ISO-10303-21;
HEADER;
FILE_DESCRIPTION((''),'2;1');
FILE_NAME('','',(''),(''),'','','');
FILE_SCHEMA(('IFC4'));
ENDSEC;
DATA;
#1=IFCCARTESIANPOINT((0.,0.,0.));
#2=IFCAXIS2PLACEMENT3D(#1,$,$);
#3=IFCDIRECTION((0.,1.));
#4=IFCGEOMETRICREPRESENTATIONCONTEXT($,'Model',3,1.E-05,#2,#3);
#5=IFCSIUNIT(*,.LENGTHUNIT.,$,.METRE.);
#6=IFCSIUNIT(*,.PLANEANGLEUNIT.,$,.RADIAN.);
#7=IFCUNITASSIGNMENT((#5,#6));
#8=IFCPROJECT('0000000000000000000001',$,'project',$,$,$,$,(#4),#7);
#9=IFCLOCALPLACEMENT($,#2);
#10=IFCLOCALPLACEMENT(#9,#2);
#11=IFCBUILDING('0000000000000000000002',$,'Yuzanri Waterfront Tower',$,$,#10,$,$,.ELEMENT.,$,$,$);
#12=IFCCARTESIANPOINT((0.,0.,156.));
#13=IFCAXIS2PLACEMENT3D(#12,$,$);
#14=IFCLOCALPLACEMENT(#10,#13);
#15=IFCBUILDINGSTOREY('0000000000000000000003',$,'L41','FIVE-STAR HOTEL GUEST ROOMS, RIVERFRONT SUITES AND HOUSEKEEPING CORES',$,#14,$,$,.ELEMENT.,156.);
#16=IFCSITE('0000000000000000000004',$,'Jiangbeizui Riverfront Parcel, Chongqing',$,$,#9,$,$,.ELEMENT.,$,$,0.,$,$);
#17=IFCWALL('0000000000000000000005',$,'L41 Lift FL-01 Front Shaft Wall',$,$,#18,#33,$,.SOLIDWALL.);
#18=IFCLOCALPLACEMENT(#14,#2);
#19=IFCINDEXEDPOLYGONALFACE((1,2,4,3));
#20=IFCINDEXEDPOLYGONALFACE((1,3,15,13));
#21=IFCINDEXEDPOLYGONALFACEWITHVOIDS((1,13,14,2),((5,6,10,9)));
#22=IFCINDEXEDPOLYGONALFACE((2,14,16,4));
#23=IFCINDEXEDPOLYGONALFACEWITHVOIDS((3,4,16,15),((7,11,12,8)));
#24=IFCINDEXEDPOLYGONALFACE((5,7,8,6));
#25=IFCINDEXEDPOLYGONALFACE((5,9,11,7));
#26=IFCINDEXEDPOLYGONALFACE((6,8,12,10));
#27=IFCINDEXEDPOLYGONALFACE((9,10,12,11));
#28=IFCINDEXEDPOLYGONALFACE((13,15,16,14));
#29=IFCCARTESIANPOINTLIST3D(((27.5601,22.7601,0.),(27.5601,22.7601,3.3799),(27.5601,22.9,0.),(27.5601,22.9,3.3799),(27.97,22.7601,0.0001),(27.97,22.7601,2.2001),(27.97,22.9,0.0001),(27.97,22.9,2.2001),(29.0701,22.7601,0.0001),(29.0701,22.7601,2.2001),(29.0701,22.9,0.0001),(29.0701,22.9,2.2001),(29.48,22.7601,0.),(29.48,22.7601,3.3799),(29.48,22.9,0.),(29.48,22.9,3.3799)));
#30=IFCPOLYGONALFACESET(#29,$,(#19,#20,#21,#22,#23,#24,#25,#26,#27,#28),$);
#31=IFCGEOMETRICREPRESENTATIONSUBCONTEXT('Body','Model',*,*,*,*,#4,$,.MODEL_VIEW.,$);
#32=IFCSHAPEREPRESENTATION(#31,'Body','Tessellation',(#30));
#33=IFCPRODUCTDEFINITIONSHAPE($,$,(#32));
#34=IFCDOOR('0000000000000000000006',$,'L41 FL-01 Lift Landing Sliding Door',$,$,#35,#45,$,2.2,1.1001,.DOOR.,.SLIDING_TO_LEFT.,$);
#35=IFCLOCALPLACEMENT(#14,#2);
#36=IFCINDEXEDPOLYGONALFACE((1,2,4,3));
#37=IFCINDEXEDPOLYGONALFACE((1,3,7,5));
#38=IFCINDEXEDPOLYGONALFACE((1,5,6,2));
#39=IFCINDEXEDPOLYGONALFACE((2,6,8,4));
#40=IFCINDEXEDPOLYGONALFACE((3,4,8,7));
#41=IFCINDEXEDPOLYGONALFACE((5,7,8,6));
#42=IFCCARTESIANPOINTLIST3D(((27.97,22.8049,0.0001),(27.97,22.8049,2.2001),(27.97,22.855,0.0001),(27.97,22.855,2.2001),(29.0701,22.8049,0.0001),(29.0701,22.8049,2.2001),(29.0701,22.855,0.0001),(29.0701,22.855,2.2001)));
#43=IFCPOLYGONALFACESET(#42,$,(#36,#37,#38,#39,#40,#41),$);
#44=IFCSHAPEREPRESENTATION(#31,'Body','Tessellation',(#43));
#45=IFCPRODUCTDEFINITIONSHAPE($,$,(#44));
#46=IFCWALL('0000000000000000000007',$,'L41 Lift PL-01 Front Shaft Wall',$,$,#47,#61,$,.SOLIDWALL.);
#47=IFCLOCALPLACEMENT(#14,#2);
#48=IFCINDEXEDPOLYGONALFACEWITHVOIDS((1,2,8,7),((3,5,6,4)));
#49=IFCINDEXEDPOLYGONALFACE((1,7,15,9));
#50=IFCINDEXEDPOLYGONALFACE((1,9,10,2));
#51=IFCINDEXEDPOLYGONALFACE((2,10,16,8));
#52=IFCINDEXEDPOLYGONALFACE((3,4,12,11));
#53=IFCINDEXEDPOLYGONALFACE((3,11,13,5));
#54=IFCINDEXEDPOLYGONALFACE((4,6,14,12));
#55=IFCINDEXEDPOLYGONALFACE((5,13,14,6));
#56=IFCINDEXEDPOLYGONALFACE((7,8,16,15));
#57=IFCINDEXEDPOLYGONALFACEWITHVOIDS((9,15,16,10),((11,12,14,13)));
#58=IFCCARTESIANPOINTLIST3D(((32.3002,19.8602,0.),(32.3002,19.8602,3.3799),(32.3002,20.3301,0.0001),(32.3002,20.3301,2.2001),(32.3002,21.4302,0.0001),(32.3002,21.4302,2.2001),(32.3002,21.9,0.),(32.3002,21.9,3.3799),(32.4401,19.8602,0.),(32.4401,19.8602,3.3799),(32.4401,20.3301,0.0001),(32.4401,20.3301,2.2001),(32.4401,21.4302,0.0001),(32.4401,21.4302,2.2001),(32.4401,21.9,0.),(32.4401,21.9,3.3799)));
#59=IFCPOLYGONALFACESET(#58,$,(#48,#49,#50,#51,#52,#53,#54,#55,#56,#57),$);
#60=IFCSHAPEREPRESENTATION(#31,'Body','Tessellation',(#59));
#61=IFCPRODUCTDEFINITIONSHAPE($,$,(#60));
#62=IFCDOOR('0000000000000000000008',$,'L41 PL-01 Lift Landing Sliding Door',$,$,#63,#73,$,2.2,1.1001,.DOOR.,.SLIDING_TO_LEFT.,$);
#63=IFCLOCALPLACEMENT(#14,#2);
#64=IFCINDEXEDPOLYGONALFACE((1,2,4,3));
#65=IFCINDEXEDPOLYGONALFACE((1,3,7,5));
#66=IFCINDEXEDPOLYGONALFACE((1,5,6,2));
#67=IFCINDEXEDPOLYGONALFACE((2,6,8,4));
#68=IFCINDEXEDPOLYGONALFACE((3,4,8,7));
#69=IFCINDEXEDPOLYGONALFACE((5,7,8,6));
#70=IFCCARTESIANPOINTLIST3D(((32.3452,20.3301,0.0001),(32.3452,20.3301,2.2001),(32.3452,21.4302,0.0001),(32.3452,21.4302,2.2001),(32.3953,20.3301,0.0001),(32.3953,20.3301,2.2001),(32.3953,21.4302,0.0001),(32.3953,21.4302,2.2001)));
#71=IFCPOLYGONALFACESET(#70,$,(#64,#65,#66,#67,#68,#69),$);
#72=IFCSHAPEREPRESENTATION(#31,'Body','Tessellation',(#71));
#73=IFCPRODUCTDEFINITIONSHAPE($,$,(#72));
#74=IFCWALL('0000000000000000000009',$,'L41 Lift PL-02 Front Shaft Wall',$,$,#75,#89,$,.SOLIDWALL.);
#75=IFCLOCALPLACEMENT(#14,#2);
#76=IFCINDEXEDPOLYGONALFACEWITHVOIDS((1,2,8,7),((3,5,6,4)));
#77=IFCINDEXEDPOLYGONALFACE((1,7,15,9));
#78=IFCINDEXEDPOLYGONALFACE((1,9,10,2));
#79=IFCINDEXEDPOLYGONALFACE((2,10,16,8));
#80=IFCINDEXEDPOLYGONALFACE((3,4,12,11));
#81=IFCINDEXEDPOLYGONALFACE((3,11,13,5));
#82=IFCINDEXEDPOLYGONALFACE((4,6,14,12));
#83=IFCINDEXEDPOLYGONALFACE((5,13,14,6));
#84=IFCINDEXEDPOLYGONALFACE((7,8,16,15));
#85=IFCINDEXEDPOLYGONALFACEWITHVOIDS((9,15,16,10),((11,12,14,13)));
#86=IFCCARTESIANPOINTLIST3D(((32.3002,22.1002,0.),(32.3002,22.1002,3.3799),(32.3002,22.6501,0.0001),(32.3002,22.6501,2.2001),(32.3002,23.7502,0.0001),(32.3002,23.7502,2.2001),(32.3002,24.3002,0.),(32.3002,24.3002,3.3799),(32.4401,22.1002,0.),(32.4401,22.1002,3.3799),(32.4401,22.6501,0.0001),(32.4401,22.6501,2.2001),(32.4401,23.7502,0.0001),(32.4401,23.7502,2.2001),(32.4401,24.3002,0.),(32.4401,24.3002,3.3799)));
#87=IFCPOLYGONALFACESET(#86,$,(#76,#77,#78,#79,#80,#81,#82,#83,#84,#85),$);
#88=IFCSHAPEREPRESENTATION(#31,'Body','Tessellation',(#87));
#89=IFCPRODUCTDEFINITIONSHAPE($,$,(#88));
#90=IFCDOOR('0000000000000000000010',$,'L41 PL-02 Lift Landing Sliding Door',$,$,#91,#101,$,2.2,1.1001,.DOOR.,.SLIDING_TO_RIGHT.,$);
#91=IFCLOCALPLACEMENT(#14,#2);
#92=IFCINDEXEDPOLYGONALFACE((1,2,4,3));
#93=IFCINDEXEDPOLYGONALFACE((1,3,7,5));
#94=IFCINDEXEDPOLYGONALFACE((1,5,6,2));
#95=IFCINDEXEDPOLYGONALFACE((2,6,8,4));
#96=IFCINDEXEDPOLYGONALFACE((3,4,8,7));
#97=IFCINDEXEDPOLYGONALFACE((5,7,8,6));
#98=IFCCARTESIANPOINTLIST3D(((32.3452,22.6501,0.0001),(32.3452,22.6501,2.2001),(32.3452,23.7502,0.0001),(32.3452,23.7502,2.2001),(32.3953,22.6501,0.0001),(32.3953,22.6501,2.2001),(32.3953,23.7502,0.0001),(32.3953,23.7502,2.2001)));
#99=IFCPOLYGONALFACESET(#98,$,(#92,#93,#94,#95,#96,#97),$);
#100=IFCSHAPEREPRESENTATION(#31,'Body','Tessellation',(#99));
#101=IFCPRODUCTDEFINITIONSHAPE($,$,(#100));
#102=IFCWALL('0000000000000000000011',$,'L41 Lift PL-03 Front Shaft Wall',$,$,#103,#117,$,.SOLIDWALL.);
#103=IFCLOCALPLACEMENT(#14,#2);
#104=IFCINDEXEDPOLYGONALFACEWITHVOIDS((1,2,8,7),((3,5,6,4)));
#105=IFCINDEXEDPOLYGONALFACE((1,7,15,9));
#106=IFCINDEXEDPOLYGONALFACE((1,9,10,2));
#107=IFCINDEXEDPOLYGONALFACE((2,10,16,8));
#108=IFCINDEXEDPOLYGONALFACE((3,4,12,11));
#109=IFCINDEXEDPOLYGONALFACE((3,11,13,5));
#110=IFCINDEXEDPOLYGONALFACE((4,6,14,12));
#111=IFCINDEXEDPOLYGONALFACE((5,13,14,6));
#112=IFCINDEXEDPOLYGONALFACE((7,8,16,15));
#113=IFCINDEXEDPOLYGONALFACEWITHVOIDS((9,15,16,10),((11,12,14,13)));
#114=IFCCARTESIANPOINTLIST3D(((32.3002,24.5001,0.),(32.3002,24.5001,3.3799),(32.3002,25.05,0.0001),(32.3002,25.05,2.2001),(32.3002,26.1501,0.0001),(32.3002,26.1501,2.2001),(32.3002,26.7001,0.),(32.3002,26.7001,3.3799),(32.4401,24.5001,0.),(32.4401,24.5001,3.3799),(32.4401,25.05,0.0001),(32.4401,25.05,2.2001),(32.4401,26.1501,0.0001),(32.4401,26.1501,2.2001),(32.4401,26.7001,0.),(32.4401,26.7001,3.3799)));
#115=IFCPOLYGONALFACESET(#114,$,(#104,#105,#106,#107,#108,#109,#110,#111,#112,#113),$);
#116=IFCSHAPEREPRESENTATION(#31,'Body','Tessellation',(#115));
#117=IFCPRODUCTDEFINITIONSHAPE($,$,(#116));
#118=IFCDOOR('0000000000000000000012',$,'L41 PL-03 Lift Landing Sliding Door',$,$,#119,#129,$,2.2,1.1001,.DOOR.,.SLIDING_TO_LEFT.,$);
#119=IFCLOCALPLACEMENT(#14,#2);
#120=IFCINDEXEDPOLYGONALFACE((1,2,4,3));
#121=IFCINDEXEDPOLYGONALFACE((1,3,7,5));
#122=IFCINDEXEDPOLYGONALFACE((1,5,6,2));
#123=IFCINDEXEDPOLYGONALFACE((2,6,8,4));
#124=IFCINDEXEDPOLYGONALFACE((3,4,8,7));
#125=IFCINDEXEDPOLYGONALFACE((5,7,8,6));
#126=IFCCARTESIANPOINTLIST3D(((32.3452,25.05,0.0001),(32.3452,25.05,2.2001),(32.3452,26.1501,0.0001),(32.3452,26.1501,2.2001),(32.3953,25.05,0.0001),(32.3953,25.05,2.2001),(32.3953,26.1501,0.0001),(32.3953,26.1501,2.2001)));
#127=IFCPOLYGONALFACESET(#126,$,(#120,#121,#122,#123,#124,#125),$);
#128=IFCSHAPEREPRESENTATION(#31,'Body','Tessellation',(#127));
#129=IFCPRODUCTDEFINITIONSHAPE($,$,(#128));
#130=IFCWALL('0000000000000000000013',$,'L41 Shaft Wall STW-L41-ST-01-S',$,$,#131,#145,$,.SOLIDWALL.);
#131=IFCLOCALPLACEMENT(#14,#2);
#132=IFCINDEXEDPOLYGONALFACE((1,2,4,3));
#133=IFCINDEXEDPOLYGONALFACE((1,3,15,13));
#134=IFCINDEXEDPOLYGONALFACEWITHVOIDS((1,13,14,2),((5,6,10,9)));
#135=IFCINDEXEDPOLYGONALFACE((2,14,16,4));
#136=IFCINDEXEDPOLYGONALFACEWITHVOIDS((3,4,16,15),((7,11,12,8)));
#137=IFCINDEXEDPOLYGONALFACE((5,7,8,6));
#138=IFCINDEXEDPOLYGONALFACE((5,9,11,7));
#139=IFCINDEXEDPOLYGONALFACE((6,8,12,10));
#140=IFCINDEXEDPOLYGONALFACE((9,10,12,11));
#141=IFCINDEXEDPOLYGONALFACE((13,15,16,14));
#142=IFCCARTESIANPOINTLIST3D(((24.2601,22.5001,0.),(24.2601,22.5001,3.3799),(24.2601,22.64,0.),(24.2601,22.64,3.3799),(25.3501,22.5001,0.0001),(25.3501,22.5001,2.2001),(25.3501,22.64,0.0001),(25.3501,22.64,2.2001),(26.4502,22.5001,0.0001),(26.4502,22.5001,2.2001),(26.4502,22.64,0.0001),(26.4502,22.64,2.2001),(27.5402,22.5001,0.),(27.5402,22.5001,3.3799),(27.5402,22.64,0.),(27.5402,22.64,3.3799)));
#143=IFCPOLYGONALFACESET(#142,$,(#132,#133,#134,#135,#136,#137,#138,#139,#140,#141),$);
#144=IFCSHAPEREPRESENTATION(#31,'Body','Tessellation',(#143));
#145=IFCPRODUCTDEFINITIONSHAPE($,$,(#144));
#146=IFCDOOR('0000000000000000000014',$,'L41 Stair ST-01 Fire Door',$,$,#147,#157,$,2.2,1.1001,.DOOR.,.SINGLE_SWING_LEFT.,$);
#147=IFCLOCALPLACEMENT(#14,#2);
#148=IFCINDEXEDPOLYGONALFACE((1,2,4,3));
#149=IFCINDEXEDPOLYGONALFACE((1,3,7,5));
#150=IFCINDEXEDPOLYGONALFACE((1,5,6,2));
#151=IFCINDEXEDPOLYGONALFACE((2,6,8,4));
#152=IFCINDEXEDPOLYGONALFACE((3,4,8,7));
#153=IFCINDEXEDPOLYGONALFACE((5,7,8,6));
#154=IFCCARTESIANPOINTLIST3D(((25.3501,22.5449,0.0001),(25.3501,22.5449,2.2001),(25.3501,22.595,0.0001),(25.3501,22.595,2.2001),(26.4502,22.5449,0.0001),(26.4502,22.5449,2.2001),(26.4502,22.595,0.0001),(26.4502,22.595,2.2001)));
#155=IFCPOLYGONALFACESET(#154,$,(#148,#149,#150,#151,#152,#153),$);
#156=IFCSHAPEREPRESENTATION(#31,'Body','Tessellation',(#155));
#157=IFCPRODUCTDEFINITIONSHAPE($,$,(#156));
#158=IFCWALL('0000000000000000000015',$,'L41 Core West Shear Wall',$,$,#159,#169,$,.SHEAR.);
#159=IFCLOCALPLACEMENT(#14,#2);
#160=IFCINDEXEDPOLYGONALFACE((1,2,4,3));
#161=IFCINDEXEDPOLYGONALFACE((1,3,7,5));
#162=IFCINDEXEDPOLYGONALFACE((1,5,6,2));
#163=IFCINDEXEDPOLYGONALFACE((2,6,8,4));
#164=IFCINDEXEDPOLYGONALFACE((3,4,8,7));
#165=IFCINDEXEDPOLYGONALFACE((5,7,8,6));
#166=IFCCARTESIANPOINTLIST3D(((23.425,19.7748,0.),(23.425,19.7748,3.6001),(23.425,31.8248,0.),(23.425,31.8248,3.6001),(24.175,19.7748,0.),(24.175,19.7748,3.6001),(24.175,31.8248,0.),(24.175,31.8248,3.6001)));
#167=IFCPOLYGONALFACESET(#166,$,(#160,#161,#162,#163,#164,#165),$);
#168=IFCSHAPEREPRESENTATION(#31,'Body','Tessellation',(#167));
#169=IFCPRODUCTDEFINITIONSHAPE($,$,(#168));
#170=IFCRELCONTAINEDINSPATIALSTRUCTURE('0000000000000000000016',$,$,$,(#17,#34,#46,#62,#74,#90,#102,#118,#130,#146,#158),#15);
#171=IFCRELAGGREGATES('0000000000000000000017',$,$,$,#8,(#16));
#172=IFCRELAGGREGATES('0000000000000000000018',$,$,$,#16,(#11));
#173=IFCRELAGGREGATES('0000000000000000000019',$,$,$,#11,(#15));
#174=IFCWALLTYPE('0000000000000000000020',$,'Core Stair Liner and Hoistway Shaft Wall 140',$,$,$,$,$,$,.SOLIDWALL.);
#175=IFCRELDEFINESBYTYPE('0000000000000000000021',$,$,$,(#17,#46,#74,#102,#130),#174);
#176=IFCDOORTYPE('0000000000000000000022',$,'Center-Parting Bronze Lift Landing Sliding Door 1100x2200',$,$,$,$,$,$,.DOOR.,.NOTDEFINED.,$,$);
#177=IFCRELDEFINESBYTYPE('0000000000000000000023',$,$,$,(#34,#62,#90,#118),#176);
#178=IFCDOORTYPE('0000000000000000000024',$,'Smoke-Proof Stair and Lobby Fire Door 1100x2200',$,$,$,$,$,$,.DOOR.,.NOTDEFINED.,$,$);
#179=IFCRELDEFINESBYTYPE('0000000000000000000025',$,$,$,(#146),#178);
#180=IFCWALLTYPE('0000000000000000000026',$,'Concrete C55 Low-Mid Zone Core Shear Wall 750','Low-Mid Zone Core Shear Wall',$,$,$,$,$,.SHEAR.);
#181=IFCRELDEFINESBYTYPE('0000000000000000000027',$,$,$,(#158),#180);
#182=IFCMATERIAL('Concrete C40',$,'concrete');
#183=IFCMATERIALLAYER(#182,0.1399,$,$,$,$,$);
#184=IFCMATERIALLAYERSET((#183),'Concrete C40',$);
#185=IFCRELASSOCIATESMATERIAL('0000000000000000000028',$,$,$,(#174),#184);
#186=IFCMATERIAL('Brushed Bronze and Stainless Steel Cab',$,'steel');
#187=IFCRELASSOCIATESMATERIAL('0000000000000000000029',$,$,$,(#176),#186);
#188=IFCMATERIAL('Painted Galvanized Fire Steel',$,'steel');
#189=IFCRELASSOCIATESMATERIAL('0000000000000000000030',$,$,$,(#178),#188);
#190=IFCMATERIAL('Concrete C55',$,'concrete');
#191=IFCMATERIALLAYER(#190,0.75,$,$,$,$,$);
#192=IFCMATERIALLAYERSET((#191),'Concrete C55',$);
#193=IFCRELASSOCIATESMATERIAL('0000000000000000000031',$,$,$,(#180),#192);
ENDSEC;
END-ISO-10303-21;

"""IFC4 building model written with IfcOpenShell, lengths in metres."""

from ifc_helpers import new_model, si_unit, direction, frame, frame_2d, origin, place, context, subcontext, project, spatial, rectangle, extrude, source, transform, mapped, material, layer, layer_set, type_object, element, fill, save


model = new_model("IFC4")

# Units and contexts
model_context = context("Model", 3, precision=1e-05, world=origin(), true_north=direction((0.0, 1.0)))
body_context = subcontext(model_context, "Body", "Model", "MODEL_VIEW")
ifc_project = project(units=[si_unit("LENGTHUNIT", "METRE"), si_unit("PLANEANGLEUNIT", "RADIAN")], contexts=[model_context])

# Site, building, storey
site_placement = place(None, origin())
site = spatial("IfcSite", under=ifc_project, at=site_placement, Name="Jiangbeizui Riverfront Parcel, Chongqing", CompositionType="ELEMENT", RefElevation=0.0)
building_placement = place(site_placement, origin())
building = spatial("IfcBuilding", under=site, at=building_placement, Name="Yuzanri Waterfront Tower", CompositionType="ELEMENT")
storey_placement = place(building_placement, frame((0.0, 0.0, 156.0)))
storey = spatial("IfcBuildingStorey", under=building, at=storey_placement, Name="L41", Description="FIVE-STAR HOTEL GUEST ROOMS, RIVERFRONT SUITES AND HOUSEKEEPING CORES", CompositionType="ELEMENT", Elevation=156.0)

# Walls, openings, doors
ifc_material_1 = material(Name="Concrete C40", Category="concrete")
ifc_layer_1 = layer(ifc_material_1, 0.1399)
ifc_layer_set_1 = layer_set([ifc_layer_1], Name="Concrete C40")
wall_type_1 = type_object("IfcWallType", Name="Core Stair Liner and Hoistway Shaft Wall 140", PredefinedType="SOLIDWALL", material=ifc_layer_set_1)
wall_1_placement = place(storey_placement, frame((27.5601, 22.8301, 0.0), z_axis=(0.0, 0.0, 1.0), x_axis=(1.0, 0.0, 0.0)))
wall_1 = element("IfcWall", 1, at=wall_1_placement, inside=storey, type_object=wall_type_1, Name="L41 Lift FL-01 Front Shaft Wall", PredefinedType="SOLIDWALL", context=body_context, shape_type="SweptSolid", body=[
    extrude(rectangle(XDim=1.9199, YDim=0.1399, at=frame_2d((0.96, 0.0))), origin(), (0.0, 0.0, 1.0), 3.3799),
])
opening_1_placement = place(wall_1_placement, frame((0.4099, 0.0, 0.0)))
opening_1 = element("IfcOpeningElement", 2, at=opening_1_placement, cuts=wall_1, PredefinedType="OPENING", context=body_context, shape_type="SweptSolid", body=[
    extrude(rectangle(XDim=1.1001, YDim=2.2, at=frame_2d((0.55, 1.1001))), frame((0.0, 0.085, 0.0), z_axis=(0.0, -1.0, 0.0), x_axis=(1.0, 0.0, 0.0)), (0.0, 0.0, 1.0), 0.1697),
])
ifc_material_2 = material(Name="Brushed Bronze and Stainless Steel Cab", Category="steel")
door_type_1 = type_object("IfcDoorType", Name="Center-Parting Bronze Lift Landing Sliding Door 1100x2200", OperationType="NOTDEFINED", PredefinedType="DOOR", material=ifc_material_2)
shared_shape_1 = source(origin(), body_context, "Body", "SweptSolid", [
    extrude(rectangle(XDim=1.1001, YDim=2.2, at=frame_2d((0.55, 1.1001))), frame((0.0, 0.0249, 0.0), z_axis=(0.0, -1.0, 0.0), x_axis=(1.0, 0.0, 0.0)), (0.0, 0.0, 1.0), 0.05),
])
door_1_placement = place(opening_1_placement, origin())
door_1 = element("IfcDoor", 3, at=door_1_placement, inside=storey, type_object=door_type_1, Name="L41 FL-01 Lift Landing Sliding Door", OperationType="SLIDING_TO_LEFT", OverallHeight=2.2, OverallWidth=1.1001, PredefinedType="DOOR", context=body_context, shape_type="MappedRepresentation", body=[
    mapped(shared_shape_1, transform((0.0, 0.0, 0.0), scale=1.0)),
])
fill(opening_1, door_1)
wall_2_placement = place(storey_placement, frame((32.3701, 19.8601, 0.0), z_axis=(0.0, 0.0, 1.0), x_axis=(0.0, 1.0, 0.0)))
wall_2 = element("IfcWall", 4, at=wall_2_placement, inside=storey, type_object=wall_type_1, Name="L41 Lift PL-01 Front Shaft Wall", PredefinedType="SOLIDWALL", context=body_context, shape_type="SweptSolid", body=[
    extrude(rectangle(XDim=2.0398, YDim=0.1399, at=frame_2d((1.02, 0.0))), origin(), (0.0, 0.0, 1.0), 3.3799),
])
opening_2_placement = place(wall_2_placement, frame((0.47, 0.0, 0.0)))
opening_2 = element("IfcOpeningElement", 5, at=opening_2_placement, cuts=wall_2, PredefinedType="OPENING", context=body_context, shape_type="SweptSolid", body=[
    extrude(rectangle(XDim=1.1001, YDim=2.2, at=frame_2d((0.55, 1.1001))), frame((0.0, 0.085, 0.0), z_axis=(0.0, -1.0, 0.0), x_axis=(1.0, 0.0, 0.0)), (0.0, 0.0, 1.0), 0.1697),
])
door_2_placement = place(opening_2_placement, origin())
door_2 = element("IfcDoor", 6, at=door_2_placement, inside=storey, type_object=door_type_1, Name="L41 PL-01 Lift Landing Sliding Door", OperationType="SLIDING_TO_LEFT", OverallHeight=2.2, OverallWidth=1.1001, PredefinedType="DOOR", context=body_context, shape_type="MappedRepresentation", body=[
    mapped(shared_shape_1, transform((0.0, 0.0, 0.0), scale=1.0)),
])
fill(opening_2, door_2)
wall_3_placement = place(storey_placement, frame((32.3701, 22.1001, 0.0), z_axis=(0.0, 0.0, 1.0), x_axis=(0.0, 1.0, 0.0)))
wall_3 = element("IfcWall", 7, at=wall_3_placement, inside=storey, type_object=wall_type_1, Name="L41 Lift PL-02 Front Shaft Wall", PredefinedType="SOLIDWALL", context=body_context, shape_type="SweptSolid", body=[
    extrude(rectangle(XDim=2.2, YDim=0.1399, at=frame_2d((1.1001, 0.0))), origin(), (0.0, 0.0, 1.0), 3.3799),
])
opening_3_placement = place(wall_3_placement, frame((0.55, 0.0, 0.0)))
opening_3 = element("IfcOpeningElement", 8, at=opening_3_placement, cuts=wall_3, PredefinedType="OPENING", context=body_context, shape_type="SweptSolid", body=[
    extrude(rectangle(XDim=1.1001, YDim=2.2, at=frame_2d((0.55, 1.1001))), frame((0.0, 0.085, 0.0), z_axis=(0.0, -1.0, 0.0), x_axis=(1.0, 0.0, 0.0)), (0.0, 0.0, 1.0), 0.1697),
])
door_3_placement = place(opening_3_placement, origin())
door_3 = element("IfcDoor", 9, at=door_3_placement, inside=storey, type_object=door_type_1, Name="L41 PL-02 Lift Landing Sliding Door", OperationType="SLIDING_TO_RIGHT", OverallHeight=2.2, OverallWidth=1.1001, PredefinedType="DOOR", context=body_context, shape_type="MappedRepresentation", body=[
    mapped(shared_shape_1, transform((0.0, 0.0, 0.0), scale=1.0)),
])
fill(opening_3, door_3)
wall_4_placement = place(storey_placement, frame((32.3701, 24.5, 0.0), z_axis=(0.0, 0.0, 1.0), x_axis=(0.0, 1.0, 0.0)))
wall_4 = element("IfcWall", 10, at=wall_4_placement, inside=storey, type_object=wall_type_1, Name="L41 Lift PL-03 Front Shaft Wall", PredefinedType="SOLIDWALL", context=body_context, shape_type="SweptSolid", body=[
    extrude(rectangle(XDim=2.2, YDim=0.1399, at=frame_2d((1.1001, 0.0))), origin(), (0.0, 0.0, 1.0), 3.3799),
])
opening_4_placement = place(wall_4_placement, frame((0.55, 0.0, 0.0)))
opening_4 = element("IfcOpeningElement", 11, at=opening_4_placement, cuts=wall_4, PredefinedType="OPENING", context=body_context, shape_type="SweptSolid", body=[
    extrude(rectangle(XDim=1.1001, YDim=2.2, at=frame_2d((0.55, 1.1001))), frame((0.0, 0.085, 0.0), z_axis=(0.0, -1.0, 0.0), x_axis=(1.0, 0.0, 0.0)), (0.0, 0.0, 1.0), 0.1697),
])
door_4_placement = place(opening_4_placement, origin())
door_4 = element("IfcDoor", 12, at=door_4_placement, inside=storey, type_object=door_type_1, Name="L41 PL-03 Lift Landing Sliding Door", OperationType="SLIDING_TO_LEFT", OverallHeight=2.2, OverallWidth=1.1001, PredefinedType="DOOR", context=body_context, shape_type="MappedRepresentation", body=[
    mapped(shared_shape_1, transform((0.0, 0.0, 0.0), scale=1.0)),
])
fill(opening_4, door_4)
wall_5_placement = place(storey_placement, frame((24.26, 22.5701, 0.0), z_axis=(0.0, 0.0, 1.0), x_axis=(1.0, 0.0, 0.0)))
wall_5 = element("IfcWall", 13, at=wall_5_placement, inside=storey, type_object=wall_type_1, Name="L41 Shaft Wall STW-L41-ST-01-S", PredefinedType="SOLIDWALL", context=body_context, shape_type="SweptSolid", body=[
    extrude(rectangle(XDim=3.28, YDim=0.1399, at=frame_2d((1.6401, 0.0))), origin(), (0.0, 0.0, 1.0), 3.3799),
])
opening_5_placement = place(wall_5_placement, frame((1.0901, 0.0, 0.0)))
opening_5 = element("IfcOpeningElement", 14, at=opening_5_placement, cuts=wall_5, PredefinedType="OPENING", context=body_context, shape_type="SweptSolid", body=[
    extrude(rectangle(XDim=1.1001, YDim=2.2, at=frame_2d((0.55, 1.1001))), frame((0.0, 0.085, 0.0), z_axis=(0.0, -1.0, 0.0), x_axis=(1.0, 0.0, 0.0)), (0.0, 0.0, 1.0), 0.1697),
])
ifc_material_3 = material(Name="Painted Galvanized Fire Steel", Category="steel")
door_type_2 = type_object("IfcDoorType", Name="Smoke-Proof Stair and Lobby Fire Door 1100x2200", OperationType="NOTDEFINED", PredefinedType="DOOR", material=ifc_material_3)
shared_shape_2 = source(origin(), body_context, "Body", "SweptSolid", [
    extrude(rectangle(XDim=1.1001, YDim=2.2, at=frame_2d((0.55, 1.1001))), frame((0.0, 0.0249, 0.0), z_axis=(0.0, -1.0, 0.0), x_axis=(1.0, 0.0, 0.0)), (0.0, 0.0, 1.0), 0.05),
])
door_5_placement = place(opening_5_placement, origin())
door_5 = element("IfcDoor", 15, at=door_5_placement, inside=storey, type_object=door_type_2, Name="L41 Stair ST-01 Fire Door", OperationType="SINGLE_SWING_LEFT", OverallHeight=2.2, OverallWidth=1.1001, PredefinedType="DOOR", context=body_context, shape_type="MappedRepresentation", body=[
    mapped(shared_shape_2, transform((0.0, 0.0, 0.0), scale=1.0)),
])
fill(opening_5, door_5)

# Wall
ifc_material_4 = material(Name="Concrete C55", Category="concrete")
ifc_layer_2 = layer(ifc_material_4, 0.75)
ifc_layer_set_2 = layer_set([ifc_layer_2], Name="Concrete C55")
wall_type_2 = type_object("IfcWallType", Name="Concrete C55 Low-Mid Zone Core Shear Wall 750", Description="Low-Mid Zone Core Shear Wall", PredefinedType="SHEAR", material=ifc_layer_set_2)
shared_shape_3 = source(origin(), body_context, "Body", "SweptSolid", [
    extrude(rectangle(XDim=12.05, YDim=0.75, at=frame_2d((6.0249, 0.0))), origin(), (0.0, 0.0, 1.0), 3.6001),
])
wall_6_placement = place(storey_placement, frame((23.8, 19.7749, 0.0), z_axis=(0.0, 0.0, 1.0), x_axis=(0.0, 1.0, 0.0)))
element("IfcWall", 16, at=wall_6_placement, inside=storey, type_object=wall_type_2, Name="L41 Core West Shear Wall", PredefinedType="SHEAR", context=body_context, shape_type="MappedRepresentation", body=[
    mapped(shared_shape_3, transform((0.0, 0.0, 0.0), scale=1.0)),
])

save(model, "model.ifc")
